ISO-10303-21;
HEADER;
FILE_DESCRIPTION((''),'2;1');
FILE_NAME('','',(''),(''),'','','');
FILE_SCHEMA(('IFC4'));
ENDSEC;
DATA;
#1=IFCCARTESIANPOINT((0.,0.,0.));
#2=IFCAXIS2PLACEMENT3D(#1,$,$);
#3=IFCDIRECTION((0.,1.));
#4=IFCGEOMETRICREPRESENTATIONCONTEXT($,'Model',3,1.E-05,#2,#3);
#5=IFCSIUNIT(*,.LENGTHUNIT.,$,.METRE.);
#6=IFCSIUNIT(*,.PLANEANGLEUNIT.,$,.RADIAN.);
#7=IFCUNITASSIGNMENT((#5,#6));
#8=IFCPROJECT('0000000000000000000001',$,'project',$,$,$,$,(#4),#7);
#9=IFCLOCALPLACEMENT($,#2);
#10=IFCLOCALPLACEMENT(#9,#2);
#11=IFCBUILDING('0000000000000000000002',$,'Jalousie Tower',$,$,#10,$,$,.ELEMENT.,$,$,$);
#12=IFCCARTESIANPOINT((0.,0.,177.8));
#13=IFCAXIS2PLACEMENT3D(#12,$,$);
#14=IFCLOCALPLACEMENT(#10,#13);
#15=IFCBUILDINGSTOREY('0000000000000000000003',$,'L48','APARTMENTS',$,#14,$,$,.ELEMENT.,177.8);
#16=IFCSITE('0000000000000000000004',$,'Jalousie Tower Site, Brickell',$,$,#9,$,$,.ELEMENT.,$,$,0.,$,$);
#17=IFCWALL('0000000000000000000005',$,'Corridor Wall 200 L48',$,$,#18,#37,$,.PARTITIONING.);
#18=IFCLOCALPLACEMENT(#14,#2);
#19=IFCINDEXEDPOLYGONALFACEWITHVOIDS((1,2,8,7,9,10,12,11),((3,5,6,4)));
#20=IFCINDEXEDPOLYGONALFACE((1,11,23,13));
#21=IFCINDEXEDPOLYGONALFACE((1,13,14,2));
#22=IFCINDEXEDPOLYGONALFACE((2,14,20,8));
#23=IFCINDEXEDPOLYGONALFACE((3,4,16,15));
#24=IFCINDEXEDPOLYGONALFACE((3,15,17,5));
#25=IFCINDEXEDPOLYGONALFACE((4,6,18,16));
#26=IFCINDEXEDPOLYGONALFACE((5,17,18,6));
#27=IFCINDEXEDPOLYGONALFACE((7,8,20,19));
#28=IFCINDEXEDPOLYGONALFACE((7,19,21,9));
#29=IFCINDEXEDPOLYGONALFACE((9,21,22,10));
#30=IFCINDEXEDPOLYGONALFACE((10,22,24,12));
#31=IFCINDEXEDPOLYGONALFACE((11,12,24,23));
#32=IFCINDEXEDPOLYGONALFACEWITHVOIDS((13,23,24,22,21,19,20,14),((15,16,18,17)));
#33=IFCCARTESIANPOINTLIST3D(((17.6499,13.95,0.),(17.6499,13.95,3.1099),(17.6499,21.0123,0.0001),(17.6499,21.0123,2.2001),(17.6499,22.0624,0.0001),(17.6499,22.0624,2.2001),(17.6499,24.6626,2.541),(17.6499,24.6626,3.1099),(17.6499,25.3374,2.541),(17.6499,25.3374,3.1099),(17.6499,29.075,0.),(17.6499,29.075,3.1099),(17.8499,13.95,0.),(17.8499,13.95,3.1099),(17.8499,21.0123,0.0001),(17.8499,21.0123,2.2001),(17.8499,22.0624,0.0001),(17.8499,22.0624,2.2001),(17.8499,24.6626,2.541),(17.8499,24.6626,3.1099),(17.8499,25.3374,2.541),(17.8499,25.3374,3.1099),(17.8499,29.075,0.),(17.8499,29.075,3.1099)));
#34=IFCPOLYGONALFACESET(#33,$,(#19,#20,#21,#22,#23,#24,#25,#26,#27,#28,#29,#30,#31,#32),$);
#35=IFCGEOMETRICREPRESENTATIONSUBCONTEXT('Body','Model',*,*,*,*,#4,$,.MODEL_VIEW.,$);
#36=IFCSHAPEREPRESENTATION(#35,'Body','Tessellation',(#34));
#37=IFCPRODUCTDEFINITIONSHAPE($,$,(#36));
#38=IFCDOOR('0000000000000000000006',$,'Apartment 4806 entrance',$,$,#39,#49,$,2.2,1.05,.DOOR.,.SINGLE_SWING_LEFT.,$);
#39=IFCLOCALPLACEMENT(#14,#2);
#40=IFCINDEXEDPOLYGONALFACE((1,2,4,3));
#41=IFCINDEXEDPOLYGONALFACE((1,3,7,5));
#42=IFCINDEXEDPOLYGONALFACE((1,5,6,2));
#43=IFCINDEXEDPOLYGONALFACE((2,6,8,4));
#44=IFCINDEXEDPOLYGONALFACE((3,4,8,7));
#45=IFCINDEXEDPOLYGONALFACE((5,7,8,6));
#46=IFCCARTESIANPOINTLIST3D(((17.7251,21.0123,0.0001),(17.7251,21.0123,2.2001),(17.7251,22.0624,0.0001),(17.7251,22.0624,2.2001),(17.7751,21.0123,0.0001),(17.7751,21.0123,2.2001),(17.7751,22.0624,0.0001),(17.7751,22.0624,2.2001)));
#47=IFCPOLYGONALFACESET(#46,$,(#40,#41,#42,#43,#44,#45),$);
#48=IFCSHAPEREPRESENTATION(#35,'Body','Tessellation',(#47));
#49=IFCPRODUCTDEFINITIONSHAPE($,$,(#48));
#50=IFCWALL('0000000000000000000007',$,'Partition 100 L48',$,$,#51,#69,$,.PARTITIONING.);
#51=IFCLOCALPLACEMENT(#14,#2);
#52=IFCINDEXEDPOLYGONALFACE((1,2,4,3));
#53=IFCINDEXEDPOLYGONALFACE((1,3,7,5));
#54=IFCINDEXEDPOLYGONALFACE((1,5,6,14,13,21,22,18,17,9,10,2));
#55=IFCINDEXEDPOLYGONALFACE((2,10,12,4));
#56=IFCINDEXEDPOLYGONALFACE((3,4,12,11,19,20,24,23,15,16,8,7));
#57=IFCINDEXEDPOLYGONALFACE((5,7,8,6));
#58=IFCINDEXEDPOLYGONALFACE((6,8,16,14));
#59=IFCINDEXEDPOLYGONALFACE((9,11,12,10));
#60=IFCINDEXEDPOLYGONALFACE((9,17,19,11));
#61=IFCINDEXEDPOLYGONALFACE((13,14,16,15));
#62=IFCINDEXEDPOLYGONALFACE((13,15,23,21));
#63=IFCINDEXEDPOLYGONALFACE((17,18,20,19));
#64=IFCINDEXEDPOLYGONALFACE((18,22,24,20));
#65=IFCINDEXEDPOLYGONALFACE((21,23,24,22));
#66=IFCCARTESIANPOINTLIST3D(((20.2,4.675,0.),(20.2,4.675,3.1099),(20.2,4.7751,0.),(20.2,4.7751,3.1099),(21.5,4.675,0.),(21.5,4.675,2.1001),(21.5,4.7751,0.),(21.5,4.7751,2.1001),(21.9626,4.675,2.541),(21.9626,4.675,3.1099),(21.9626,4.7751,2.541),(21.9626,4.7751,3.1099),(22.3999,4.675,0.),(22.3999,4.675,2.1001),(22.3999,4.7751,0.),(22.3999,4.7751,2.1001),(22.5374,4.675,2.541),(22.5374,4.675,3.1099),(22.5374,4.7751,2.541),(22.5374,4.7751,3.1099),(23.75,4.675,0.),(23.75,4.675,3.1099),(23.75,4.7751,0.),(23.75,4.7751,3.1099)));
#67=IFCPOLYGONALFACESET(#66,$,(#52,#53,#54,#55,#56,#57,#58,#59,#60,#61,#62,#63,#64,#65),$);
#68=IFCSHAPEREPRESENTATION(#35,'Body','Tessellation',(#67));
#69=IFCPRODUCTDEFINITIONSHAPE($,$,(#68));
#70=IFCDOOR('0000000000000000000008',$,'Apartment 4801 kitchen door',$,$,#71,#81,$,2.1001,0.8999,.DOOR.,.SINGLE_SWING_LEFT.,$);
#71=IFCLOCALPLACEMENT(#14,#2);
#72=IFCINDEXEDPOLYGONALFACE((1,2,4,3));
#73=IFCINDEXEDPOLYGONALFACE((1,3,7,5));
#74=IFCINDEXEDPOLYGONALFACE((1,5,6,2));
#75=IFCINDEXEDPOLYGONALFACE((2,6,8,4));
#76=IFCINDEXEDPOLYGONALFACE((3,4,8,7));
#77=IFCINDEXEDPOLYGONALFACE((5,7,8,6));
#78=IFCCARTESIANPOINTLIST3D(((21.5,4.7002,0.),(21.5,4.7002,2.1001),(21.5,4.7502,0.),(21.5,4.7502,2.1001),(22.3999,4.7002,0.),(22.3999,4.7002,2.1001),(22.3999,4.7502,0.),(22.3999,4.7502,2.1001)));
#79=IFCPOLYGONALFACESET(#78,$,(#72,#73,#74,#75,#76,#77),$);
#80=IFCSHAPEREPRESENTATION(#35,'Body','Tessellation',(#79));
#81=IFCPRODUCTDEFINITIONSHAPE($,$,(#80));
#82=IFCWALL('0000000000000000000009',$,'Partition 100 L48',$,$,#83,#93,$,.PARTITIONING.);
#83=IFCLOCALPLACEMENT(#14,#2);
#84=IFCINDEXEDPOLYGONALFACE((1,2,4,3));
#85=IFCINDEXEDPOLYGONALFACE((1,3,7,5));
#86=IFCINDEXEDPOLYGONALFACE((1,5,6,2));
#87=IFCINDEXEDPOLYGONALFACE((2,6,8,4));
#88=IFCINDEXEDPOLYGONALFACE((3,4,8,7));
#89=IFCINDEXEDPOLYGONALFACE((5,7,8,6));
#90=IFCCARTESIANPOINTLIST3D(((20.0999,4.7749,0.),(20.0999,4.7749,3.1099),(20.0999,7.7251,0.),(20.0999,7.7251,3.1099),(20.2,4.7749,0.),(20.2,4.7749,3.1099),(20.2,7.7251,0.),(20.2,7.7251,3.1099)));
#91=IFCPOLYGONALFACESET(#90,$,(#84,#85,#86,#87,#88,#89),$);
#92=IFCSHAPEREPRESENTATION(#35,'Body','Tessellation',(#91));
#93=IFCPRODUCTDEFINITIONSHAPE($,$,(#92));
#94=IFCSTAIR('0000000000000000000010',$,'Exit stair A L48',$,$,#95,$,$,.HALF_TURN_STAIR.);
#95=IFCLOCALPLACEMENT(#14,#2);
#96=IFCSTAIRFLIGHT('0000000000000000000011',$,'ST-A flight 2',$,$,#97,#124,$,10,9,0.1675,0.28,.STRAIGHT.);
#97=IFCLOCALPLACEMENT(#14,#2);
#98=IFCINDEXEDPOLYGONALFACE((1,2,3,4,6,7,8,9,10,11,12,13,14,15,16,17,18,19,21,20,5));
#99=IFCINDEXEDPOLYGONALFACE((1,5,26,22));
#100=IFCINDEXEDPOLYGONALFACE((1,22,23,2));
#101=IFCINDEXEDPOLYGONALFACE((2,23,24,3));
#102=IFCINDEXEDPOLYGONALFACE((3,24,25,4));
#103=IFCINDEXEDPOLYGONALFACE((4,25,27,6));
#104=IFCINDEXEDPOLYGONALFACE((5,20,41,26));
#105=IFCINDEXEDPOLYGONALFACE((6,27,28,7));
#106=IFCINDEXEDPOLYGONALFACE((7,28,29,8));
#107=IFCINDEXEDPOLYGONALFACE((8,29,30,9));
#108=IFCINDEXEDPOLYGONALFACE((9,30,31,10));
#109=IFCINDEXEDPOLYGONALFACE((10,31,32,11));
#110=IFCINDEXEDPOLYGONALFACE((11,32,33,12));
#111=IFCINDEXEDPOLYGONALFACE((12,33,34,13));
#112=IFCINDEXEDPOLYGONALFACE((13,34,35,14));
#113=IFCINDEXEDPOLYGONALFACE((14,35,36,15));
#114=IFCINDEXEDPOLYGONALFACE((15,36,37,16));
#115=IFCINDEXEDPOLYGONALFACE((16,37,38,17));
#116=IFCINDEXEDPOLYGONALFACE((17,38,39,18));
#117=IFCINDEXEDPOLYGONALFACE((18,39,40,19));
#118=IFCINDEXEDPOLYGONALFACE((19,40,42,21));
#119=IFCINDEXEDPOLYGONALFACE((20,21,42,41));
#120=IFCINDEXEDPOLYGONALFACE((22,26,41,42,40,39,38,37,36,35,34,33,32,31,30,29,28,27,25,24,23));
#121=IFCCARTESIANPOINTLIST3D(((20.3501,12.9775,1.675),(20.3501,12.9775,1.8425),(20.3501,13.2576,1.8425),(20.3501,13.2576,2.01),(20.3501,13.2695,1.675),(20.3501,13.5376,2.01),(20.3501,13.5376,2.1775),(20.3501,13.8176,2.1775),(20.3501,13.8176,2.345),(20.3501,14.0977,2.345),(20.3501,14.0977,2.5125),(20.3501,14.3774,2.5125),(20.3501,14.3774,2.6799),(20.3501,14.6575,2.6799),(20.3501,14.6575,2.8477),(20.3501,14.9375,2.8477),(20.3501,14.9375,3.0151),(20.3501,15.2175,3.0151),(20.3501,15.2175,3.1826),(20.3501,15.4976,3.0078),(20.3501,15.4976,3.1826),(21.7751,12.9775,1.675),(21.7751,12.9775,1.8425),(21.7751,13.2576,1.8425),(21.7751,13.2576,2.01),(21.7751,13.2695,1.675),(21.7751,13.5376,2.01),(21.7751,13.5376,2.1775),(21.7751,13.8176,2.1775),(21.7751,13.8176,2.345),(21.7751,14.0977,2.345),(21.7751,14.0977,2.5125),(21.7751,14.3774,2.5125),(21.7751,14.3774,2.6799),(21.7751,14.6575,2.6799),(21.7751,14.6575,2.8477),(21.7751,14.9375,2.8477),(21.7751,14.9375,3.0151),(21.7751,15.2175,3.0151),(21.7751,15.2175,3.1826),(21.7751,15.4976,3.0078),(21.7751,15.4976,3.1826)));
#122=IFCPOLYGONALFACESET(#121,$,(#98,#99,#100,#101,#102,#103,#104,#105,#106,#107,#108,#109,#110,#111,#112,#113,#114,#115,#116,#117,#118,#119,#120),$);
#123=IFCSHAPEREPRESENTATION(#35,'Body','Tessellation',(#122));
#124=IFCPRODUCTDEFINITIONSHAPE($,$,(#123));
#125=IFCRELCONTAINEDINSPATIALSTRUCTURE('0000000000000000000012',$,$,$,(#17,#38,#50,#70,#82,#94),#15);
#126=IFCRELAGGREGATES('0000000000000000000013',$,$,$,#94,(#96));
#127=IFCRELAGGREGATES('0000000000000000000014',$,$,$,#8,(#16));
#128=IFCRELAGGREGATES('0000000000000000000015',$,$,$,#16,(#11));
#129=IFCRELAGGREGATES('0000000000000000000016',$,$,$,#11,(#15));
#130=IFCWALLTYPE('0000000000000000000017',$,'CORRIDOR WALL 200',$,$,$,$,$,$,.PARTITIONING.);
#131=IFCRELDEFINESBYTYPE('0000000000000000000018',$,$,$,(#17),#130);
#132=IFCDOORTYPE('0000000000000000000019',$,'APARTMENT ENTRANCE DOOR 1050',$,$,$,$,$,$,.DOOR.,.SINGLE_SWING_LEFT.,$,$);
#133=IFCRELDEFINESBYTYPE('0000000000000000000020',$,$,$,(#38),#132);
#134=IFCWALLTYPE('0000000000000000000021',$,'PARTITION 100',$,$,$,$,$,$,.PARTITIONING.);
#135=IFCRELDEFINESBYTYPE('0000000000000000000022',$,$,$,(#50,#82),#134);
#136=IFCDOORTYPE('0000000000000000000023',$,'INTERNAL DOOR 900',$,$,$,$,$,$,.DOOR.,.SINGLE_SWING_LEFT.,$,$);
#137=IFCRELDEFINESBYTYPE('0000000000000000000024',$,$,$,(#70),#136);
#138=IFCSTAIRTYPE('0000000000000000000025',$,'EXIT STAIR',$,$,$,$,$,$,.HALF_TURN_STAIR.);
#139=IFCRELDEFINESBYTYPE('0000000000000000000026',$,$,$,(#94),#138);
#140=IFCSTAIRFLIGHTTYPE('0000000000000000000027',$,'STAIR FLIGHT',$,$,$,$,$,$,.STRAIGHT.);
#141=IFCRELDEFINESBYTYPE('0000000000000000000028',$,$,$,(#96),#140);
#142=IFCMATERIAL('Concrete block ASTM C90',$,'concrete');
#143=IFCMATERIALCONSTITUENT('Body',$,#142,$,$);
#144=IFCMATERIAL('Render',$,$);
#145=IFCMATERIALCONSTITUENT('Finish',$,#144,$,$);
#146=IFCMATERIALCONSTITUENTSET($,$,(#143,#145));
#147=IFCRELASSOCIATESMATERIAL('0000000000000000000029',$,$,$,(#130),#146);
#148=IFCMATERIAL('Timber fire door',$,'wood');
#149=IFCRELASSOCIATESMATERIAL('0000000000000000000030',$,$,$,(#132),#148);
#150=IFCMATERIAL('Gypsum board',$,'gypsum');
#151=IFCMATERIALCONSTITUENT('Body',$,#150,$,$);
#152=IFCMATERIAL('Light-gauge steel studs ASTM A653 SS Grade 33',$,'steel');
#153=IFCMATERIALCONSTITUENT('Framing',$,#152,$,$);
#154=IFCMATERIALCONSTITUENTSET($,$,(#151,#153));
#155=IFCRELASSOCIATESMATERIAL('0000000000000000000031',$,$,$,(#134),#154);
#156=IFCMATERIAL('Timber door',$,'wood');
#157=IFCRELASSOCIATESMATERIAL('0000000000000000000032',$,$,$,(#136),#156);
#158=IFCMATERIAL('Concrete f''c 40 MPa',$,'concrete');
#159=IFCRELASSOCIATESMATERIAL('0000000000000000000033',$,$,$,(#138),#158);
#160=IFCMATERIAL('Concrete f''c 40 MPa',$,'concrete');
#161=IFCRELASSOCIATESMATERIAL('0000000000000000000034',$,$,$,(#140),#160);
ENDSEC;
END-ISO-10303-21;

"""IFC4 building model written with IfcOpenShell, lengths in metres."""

from ifc_helpers import new_model, si_unit, direction, frame, frame_2d, origin, place, context, subcontext, project, spatial, polyline, rectangle, outline, extrude, material, constituent, constituent_set, type_object, element, fill, aggregate, save


model = new_model("IFC4")

# Units and contexts
model_context = context("Model", 3, precision=1e-05, world=origin(), true_north=direction((0.0, 1.0)))
body_context = subcontext(model_context, "Body", "Model", "MODEL_VIEW")
ifc_project = project(units=[si_unit("LENGTHUNIT", "METRE"), si_unit("PLANEANGLEUNIT", "RADIAN")], contexts=[model_context])

# Site, building, storey
site_placement = place(None, origin())
site = spatial("IfcSite", under=ifc_project, at=site_placement, Name="Jalousie Tower Site, Brickell", CompositionType="ELEMENT", RefElevation=0.0)
building_placement = place(site_placement, origin())
building = spatial("IfcBuilding", under=site, at=building_placement, Name="Jalousie Tower", CompositionType="ELEMENT")
storey_placement = place(building_placement, frame((0.0, 0.0, 177.8)))
storey = spatial("IfcBuildingStorey", under=building, at=storey_placement, Name="L48", Description="APARTMENTS", CompositionType="ELEMENT", Elevation=177.8)

# Walls, openings, doors
ifc_material_1 = material(Name="Concrete block ASTM C90", Category="concrete")
ifc_constituent_1 = constituent(ifc_material_1, Name="Body")
ifc_material_2 = material(Name="Render")
ifc_constituent_2 = constituent(ifc_material_2, Name="Finish")
ifc_constituent_set_1 = constituent_set(constituents=[ifc_constituent_1, ifc_constituent_2])
wall_type_1 = type_object("IfcWallType", Name="CORRIDOR WALL 200", PredefinedType="PARTITIONING", material=ifc_constituent_set_1)
ifc_material_3 = material(Name="Timber fire door", Category="wood")
door_type_1 = type_object("IfcDoorType", Name="APARTMENT ENTRANCE DOOR 1050", OperationType="SINGLE_SWING_LEFT", PredefinedType="DOOR", material=ifc_material_3)
wall_1_placement = place(storey_placement, frame((17.75, 13.95, 0.0), z_axis=(0.0, 0.0, 1.0), x_axis=(0.0, 1.0, 0.0)))
wall_1 = element("IfcWall", 1, at=wall_1_placement, inside=storey, type_object=wall_type_1, Name="Corridor Wall 200 L48", PredefinedType="PARTITIONING", context=body_context, shape_type="SweptSolid", body=[
    extrude(outline(polyline([(0.0, 0.0), (15.125, 0.0), (15.125, 3.1099), (11.3875, 3.1099), (11.3875, 2.541), (10.7126, 2.541), (10.7126, 3.1099), (0.0, 3.1099), (0.0, 0.0)])), frame((0.0, 0.1001, 0.0), z_axis=(0.0, -1.0, 0.0), x_axis=(1.0, 0.0, 0.0)), (0.0, 0.0, 1.0), 0.2),
])
opening_1_placement = place(wall_1_placement, frame((7.0625, 0.0, 0.0)))
opening_1 = element("IfcOpeningElement", 2, at=opening_1_placement, cuts=wall_1, PredefinedType="OPENING", context=body_context, shape_type="SweptSolid", body=[
    extrude(rectangle(XDim=1.05, YDim=2.2, at=frame_2d((0.5249, 1.1001))), frame((0.0, 0.1099, 0.0), z_axis=(0.0, -1.0, 0.0), x_axis=(1.0, 0.0, 0.0)), (0.0, 0.0, 1.0), 0.22),
])
door_1_placement = place(opening_1_placement, origin())
door_1 = element("IfcDoor", 3, at=door_1_placement, inside=storey, type_object=door_type_1, Name="Apartment 4806 entrance", OperationType="SINGLE_SWING_LEFT", OverallHeight=2.2, OverallWidth=1.05, PredefinedType="DOOR", context=body_context, shape_type="SweptSolid", body=[
    extrude(rectangle(XDim=1.05, YDim=2.2, at=frame_2d((0.5249, 1.1001))), frame((0.0, 0.0249, 0.0), z_axis=(0.0, -1.0, 0.0), x_axis=(1.0, 0.0, 0.0)), (0.0, 0.0, 1.0), 0.05),
])
fill(opening_1, door_1)
ifc_material_4 = material(Name="Gypsum board", Category="gypsum")
ifc_constituent_3 = constituent(ifc_material_4, Name="Body")
ifc_material_5 = material(Name="Light-gauge steel studs ASTM A653 SS Grade 33", Category="steel")
ifc_constituent_4 = constituent(ifc_material_5, Name="Framing")
ifc_constituent_set_2 = constituent_set(constituents=[ifc_constituent_3, ifc_constituent_4])
wall_type_2 = type_object("IfcWallType", Name="PARTITION 100", PredefinedType="PARTITIONING", material=ifc_constituent_set_2)
wall_2_placement = place(storey_placement, frame((20.2, 4.7251, 0.0), z_axis=(0.0, 0.0, 1.0), x_axis=(1.0, 0.0, 0.0)))
wall_2 = element("IfcWall", 4, at=wall_2_placement, inside=storey, type_object=wall_type_2, Name="Partition 100 L48", PredefinedType="PARTITIONING", context=body_context, shape_type="SweptSolid", body=[
    extrude(outline(polyline([(0.0, 0.0), (3.55, 0.0), (3.55, 3.1099), (2.3374, 3.1099), (2.3374, 2.541), (1.7627, 2.541), (1.7627, 3.1099), (0.0, 3.1099), (0.0, 0.0)])), frame((0.0, 0.05, 0.0), z_axis=(0.0, -1.0, 0.0), x_axis=(1.0, 0.0, 0.0)), (0.0, 0.0, 1.0), 0.1001),
])
opening_2_placement = place(wall_2_placement, frame((1.3, 0.0, 0.0)))
opening_2 = element("IfcOpeningElement", 5, at=opening_2_placement, cuts=wall_2, PredefinedType="OPENING", context=body_context, shape_type="SweptSolid", body=[
    extrude(rectangle(XDim=0.8999, YDim=2.1001, at=frame_2d((0.45, 1.05))), frame((0.0, 0.0601, 0.0), z_axis=(0.0, -1.0, 0.0), x_axis=(1.0, 0.0, 0.0)), (0.0, 0.0, 1.0), 0.1201),
])
ifc_material_6 = material(Name="Timber door", Category="wood")
door_type_2 = type_object("IfcDoorType", Name="INTERNAL DOOR 900", OperationType="SINGLE_SWING_LEFT", PredefinedType="DOOR", material=ifc_material_6)
door_2_placement = place(opening_2_placement, frame((0.8999, 0.0, 0.0), z_axis=(0.0, 0.0, 1.0), x_axis=(-1.0, 0.0, 0.0)))
door_2 = element("IfcDoor", 6, at=door_2_placement, inside=storey, type_object=door_type_2, Name="Apartment 4801 kitchen door", OperationType="SINGLE_SWING_LEFT", OverallHeight=2.1001, OverallWidth=0.8999, PredefinedType="DOOR", context=body_context, shape_type="SweptSolid", body=[
    extrude(rectangle(XDim=0.8999, YDim=2.1001, at=frame_2d((0.45, 1.05))), frame((0.0, 0.0249, 0.0), z_axis=(0.0, -1.0, 0.0), x_axis=(1.0, 0.0, 0.0)), (0.0, 0.0, 1.0), 0.05),
])
fill(opening_2, door_2)

# Wall
wall_3_placement = place(storey_placement, frame((20.1499, 4.7749, 0.0), z_axis=(0.0, 0.0, 1.0), x_axis=(0.0, 1.0, 0.0)))
element("IfcWall", 7, at=wall_3_placement, inside=storey, type_object=wall_type_2, Name="Partition 100 L48", PredefinedType="PARTITIONING", context=body_context, shape_type="SweptSolid", body=[
    extrude(rectangle(XDim=2.9502, YDim=0.1001, at=frame_2d((1.4751, 0.0))), origin(), (0.0, 0.0, 1.0), 3.1099),
])

# Stair, stair flight
ifc_material_7 = material(Name="Concrete f'c 40 MPa", Category="concrete")
stair_type = type_object("IfcStairType", Name="EXIT STAIR", PredefinedType="HALF_TURN_STAIR", material=ifc_material_7)
stair_placement = place(storey_placement, origin())
stair = element("IfcStair", 8, at=stair_placement, inside=storey, type_object=stair_type, Name="Exit stair A L48", PredefinedType="HALF_TURN_STAIR")
ifc_material_8 = material(Name="Concrete f'c 40 MPa", Category="concrete")
stair_flight_type = type_object("IfcStairFlightType", Name="STAIR FLIGHT", PredefinedType="STRAIGHT", material=ifc_material_8)
stair_flight_placement = place(storey_placement, frame((21.0625, 12.9775, 1.675), z_axis=(0.0, 0.0, 1.0), x_axis=(0.0, 1.0, 0.0)))
stair_flight = element("IfcStairFlight", 9, at=stair_flight_placement, type_object=stair_flight_type, Name="ST-A flight 2", NumberOfRisers=10, NumberOfTreads=9, PredefinedType="STRAIGHT", RiserHeight=0.1675, TreadLength=0.28, context=body_context, shape_type="SweptSolid", body=[
    extrude(outline(polyline([(0.0, 0.0), (0.0, 0.1675), (0.28, 0.1675), (0.28, 0.335), (0.5601, 0.335), (0.5601, 0.5024), (0.8401, 0.5024), (0.8401, 0.6699), (1.1201, 0.6699), (1.1201, 0.8374), (1.3999, 0.8374), (1.3999, 1.0049), (1.6799, 1.0049), (1.6799, 1.1726), (1.96, 1.1726), (1.96, 1.3401), (2.24, 1.3401), (2.24, 1.5076), (2.52, 1.5076), (2.52, 1.675), (2.52, 1.3328), (0.292, 0.0), (0.0, 0.0)])), frame((0.0, 0.7124, 0.0), z_axis=(0.0, -1.0, 0.0), x_axis=(1.0, 0.0, 0.0)), (0.0, 0.0, 1.0), 1.425),
])
aggregate(stair, [stair_flight])

save(model, "model.ifc")
